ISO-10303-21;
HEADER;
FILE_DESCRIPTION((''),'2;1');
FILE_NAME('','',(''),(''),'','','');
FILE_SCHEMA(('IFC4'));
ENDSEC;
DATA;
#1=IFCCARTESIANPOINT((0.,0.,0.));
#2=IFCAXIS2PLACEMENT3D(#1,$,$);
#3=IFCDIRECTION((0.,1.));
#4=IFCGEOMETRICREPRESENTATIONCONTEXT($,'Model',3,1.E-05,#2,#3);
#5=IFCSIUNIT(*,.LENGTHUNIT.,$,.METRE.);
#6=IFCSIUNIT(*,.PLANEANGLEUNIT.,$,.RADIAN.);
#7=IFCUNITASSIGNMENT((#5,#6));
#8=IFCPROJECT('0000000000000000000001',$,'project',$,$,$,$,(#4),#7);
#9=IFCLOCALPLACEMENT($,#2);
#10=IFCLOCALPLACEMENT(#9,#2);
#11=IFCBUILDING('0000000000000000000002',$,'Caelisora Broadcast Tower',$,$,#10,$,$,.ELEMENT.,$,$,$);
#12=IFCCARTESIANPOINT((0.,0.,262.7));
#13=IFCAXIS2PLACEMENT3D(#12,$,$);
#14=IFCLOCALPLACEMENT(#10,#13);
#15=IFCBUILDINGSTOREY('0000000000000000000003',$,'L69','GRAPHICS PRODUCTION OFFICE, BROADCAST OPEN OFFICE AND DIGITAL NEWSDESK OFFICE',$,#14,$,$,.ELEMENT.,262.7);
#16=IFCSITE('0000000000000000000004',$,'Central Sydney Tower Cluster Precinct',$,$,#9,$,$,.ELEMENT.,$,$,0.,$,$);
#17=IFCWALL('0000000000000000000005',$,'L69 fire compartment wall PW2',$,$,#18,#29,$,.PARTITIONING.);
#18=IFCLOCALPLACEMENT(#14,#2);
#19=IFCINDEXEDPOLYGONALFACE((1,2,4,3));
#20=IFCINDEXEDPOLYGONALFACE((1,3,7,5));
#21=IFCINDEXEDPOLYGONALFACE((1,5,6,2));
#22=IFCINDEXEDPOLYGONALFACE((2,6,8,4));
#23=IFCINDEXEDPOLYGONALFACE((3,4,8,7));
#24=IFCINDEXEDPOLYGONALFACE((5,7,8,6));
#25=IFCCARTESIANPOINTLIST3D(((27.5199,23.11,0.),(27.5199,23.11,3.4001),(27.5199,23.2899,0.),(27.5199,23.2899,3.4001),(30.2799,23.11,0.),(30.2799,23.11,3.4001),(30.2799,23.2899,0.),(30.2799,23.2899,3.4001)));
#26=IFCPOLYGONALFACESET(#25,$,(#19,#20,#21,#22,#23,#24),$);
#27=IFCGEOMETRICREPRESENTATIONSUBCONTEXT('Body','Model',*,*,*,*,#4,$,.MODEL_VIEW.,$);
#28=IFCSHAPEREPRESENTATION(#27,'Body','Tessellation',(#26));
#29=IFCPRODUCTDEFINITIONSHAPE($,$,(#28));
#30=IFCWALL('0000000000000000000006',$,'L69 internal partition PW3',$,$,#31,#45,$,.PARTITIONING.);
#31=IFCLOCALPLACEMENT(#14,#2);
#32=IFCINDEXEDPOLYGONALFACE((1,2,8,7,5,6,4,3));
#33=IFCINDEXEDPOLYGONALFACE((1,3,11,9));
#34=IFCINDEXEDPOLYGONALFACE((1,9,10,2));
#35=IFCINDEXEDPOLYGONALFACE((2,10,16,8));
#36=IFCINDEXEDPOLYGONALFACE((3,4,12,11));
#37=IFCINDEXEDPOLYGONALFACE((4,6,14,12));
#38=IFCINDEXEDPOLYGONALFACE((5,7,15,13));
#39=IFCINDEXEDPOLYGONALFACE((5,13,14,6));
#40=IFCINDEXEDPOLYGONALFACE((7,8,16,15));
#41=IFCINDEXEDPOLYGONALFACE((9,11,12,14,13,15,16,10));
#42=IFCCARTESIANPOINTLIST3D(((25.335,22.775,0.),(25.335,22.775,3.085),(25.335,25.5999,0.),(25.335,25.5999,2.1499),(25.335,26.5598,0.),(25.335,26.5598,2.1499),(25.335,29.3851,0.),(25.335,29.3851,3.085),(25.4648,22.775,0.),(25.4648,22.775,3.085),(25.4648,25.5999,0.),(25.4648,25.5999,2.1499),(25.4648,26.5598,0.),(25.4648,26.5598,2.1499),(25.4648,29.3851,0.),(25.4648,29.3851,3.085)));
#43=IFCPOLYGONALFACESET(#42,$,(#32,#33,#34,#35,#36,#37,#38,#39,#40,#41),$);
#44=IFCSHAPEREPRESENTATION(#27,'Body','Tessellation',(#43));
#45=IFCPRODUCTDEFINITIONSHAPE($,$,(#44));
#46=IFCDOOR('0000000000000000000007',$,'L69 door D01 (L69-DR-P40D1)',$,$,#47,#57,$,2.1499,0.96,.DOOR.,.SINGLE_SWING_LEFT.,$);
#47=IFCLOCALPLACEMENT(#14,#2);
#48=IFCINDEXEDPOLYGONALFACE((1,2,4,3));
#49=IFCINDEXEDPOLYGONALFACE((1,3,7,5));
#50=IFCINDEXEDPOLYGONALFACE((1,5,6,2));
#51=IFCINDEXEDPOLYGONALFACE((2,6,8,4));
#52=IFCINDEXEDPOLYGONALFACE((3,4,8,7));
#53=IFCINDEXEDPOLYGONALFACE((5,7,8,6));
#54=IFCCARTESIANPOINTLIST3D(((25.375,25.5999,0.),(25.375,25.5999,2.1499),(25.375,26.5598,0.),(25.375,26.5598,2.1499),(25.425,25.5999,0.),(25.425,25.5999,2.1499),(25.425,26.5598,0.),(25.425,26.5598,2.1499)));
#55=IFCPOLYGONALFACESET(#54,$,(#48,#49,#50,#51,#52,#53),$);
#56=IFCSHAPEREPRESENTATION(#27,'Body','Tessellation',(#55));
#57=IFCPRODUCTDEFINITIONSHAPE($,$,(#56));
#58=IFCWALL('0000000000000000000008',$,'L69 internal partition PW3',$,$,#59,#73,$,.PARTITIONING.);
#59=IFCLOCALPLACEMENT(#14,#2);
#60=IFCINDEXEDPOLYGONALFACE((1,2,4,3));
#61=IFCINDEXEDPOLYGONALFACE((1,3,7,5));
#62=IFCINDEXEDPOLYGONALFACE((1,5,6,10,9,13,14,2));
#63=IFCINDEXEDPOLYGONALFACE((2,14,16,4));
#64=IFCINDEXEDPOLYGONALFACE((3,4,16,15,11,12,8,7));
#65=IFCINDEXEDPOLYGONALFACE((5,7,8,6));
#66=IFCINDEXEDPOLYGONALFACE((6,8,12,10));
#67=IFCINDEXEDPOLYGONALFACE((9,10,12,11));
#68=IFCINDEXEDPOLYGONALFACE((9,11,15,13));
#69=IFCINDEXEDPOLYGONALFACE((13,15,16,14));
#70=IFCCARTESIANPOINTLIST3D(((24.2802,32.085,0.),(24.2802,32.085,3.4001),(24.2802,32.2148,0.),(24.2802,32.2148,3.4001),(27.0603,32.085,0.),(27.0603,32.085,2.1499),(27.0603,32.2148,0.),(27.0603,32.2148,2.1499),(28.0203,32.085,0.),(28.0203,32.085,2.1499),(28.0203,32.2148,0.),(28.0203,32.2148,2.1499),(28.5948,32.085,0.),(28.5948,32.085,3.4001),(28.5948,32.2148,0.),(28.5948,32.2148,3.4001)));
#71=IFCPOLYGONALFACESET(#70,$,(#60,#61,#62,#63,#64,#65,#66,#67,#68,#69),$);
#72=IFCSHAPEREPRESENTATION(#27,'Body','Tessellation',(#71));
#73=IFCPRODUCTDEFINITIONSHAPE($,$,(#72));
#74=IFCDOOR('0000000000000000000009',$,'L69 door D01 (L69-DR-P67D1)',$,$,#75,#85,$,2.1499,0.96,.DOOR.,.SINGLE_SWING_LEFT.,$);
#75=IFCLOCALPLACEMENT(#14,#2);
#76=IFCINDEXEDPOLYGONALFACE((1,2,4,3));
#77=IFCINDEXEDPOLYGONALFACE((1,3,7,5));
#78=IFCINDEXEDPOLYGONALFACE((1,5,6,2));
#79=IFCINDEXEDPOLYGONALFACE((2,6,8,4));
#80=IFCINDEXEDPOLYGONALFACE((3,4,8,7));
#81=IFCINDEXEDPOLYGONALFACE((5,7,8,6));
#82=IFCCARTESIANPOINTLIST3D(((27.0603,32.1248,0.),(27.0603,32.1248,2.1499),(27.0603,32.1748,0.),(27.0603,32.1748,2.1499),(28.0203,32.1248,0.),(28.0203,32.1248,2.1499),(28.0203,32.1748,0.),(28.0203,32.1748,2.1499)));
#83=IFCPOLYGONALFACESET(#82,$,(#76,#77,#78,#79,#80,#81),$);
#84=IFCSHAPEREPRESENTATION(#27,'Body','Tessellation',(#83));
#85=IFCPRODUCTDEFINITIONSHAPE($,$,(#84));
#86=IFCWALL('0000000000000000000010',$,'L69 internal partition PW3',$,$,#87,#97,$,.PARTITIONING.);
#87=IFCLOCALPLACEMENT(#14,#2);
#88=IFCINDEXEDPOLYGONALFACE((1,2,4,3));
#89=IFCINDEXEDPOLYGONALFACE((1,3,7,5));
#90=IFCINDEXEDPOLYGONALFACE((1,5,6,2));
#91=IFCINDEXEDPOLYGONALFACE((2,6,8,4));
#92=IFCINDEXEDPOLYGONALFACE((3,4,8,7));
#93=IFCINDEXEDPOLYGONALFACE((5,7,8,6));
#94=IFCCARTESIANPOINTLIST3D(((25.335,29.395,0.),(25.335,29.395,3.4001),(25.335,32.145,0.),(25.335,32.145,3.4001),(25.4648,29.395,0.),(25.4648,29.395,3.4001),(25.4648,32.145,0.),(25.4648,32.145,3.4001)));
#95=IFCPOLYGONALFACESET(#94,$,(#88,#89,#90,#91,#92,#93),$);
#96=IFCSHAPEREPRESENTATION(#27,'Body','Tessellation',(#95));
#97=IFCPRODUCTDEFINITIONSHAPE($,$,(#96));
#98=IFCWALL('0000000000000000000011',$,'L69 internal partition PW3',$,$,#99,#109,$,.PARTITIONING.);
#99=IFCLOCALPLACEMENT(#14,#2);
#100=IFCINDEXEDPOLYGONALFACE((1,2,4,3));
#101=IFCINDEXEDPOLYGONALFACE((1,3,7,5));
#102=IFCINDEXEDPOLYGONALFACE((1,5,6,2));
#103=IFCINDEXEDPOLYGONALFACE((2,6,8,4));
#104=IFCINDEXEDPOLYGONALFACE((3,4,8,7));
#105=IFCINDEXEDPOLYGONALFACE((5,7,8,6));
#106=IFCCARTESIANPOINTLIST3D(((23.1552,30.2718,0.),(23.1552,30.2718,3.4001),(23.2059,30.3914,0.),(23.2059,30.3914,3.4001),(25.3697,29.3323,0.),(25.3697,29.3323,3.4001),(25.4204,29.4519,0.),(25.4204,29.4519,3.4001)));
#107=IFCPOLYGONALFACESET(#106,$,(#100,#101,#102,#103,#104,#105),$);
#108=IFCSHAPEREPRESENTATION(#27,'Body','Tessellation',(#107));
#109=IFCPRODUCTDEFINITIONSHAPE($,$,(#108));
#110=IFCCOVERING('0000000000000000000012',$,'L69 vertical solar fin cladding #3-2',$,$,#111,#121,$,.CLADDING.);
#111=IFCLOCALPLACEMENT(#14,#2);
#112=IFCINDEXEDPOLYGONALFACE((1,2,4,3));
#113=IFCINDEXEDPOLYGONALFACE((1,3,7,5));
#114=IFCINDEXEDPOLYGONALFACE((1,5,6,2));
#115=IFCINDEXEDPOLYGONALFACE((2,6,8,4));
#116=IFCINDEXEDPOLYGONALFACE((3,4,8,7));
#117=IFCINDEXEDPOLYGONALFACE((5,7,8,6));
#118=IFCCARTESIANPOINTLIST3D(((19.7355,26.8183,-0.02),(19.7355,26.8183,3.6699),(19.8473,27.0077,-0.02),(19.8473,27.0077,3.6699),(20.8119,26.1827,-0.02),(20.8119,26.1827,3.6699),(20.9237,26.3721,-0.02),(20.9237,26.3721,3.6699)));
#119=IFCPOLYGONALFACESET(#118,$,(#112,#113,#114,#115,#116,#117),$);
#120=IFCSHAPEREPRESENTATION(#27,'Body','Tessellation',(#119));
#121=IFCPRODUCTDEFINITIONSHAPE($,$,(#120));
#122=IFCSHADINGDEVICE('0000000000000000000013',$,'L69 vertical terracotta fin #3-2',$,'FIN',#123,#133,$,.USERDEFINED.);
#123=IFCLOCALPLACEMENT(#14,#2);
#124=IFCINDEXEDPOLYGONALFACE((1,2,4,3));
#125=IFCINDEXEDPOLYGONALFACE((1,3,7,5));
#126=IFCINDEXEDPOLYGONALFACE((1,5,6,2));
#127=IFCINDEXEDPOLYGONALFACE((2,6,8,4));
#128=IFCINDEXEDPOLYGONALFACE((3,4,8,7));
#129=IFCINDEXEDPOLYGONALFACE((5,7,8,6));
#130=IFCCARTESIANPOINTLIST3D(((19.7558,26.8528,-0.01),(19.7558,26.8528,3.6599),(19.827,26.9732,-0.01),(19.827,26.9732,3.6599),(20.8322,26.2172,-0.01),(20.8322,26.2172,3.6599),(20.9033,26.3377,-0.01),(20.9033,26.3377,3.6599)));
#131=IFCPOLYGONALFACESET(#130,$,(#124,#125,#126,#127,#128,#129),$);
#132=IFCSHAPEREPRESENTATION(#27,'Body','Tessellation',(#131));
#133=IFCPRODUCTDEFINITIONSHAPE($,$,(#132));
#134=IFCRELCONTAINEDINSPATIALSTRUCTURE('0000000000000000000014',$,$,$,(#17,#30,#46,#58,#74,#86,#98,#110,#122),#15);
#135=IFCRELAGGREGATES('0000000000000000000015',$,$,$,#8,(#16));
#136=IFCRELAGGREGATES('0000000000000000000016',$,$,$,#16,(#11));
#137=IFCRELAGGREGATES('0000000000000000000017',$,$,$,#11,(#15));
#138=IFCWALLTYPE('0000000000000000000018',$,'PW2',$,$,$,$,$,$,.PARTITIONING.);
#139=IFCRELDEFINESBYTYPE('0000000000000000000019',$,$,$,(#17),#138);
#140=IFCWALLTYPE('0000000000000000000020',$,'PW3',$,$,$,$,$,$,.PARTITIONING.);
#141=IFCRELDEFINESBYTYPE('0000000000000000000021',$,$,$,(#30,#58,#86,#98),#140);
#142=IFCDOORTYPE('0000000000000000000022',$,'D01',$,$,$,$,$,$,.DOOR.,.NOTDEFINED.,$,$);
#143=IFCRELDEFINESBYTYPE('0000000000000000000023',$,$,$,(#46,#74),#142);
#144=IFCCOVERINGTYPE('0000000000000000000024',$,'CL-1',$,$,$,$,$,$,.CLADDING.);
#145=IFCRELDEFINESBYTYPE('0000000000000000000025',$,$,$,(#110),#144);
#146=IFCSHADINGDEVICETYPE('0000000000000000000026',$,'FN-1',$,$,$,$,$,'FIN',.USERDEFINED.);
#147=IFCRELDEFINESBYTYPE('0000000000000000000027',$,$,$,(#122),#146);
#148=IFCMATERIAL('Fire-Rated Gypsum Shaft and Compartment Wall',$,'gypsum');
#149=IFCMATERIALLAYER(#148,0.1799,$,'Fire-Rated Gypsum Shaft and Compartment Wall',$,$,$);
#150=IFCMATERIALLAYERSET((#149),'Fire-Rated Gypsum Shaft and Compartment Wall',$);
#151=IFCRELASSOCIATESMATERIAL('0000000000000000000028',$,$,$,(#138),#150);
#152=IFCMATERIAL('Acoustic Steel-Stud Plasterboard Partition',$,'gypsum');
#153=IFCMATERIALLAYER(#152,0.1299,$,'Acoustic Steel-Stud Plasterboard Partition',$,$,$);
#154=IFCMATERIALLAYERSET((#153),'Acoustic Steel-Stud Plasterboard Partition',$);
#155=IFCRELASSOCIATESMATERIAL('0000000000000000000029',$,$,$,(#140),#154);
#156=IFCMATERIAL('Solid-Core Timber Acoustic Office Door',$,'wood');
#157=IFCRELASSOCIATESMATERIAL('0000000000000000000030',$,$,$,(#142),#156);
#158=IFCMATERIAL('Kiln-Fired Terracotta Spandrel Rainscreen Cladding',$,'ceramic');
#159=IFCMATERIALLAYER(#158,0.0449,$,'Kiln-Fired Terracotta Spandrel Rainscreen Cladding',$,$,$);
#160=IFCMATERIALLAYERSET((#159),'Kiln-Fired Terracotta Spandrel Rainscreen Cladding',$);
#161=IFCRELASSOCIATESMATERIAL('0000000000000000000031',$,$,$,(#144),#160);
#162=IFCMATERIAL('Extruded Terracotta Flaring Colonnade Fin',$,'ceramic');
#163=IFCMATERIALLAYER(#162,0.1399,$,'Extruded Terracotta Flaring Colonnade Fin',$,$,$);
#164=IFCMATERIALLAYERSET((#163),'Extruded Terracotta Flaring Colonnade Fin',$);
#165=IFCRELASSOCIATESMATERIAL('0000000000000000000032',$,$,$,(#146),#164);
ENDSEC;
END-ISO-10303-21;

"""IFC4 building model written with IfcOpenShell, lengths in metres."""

from ifc_helpers import new_model, si_unit, direction, frame, frame_2d, origin, origin_2d, place, context, subcontext, project, spatial, rectangle, extrude, source, transform, mapped, material, layer, layer_set, type_object, type_shapes, element, fill, save


model = new_model("IFC4")

# Units and contexts
model_context = context("Model", 3, precision=1e-05, world=origin(), true_north=direction((0.0, 1.0)))
body_context = subcontext(model_context, "Body", "Model", "MODEL_VIEW")
ifc_project = project(units=[si_unit("LENGTHUNIT", "METRE"), si_unit("PLANEANGLEUNIT", "RADIAN")], contexts=[model_context])

# Site, building, storey
site_placement = place(None, origin())
site = spatial("IfcSite", under=ifc_project, at=site_placement, Name="Central Sydney Tower Cluster Precinct", CompositionType="ELEMENT", RefElevation=0.0)
building_placement = place(site_placement, origin())
building = spatial("IfcBuilding", under=site, at=building_placement, Name="Caelisora Broadcast Tower", CompositionType="ELEMENT")
storey_placement = place(building_placement, frame((0.0, 0.0, 262.7)))
storey = spatial("IfcBuildingStorey", under=building, at=storey_placement, Name="L69", Description="GRAPHICS PRODUCTION OFFICE, BROADCAST OPEN OFFICE AND DIGITAL NEWSDESK OFFICE", CompositionType="ELEMENT", Elevation=262.7)

# Shared definitions
ifc_material_1 = material(Name="Fire-Rated Gypsum Shaft and Compartment Wall", Category="gypsum")
ifc_layer_1 = layer(ifc_material_1, 0.1799, Name="Fire-Rated Gypsum Shaft and Compartment Wall")
ifc_layer_set_1 = layer_set([ifc_layer_1], Name="Fire-Rated Gypsum Shaft and Compartment Wall")
wall_type_1 = type_object("IfcWallType", Name="PW2", PredefinedType="PARTITIONING", material=ifc_layer_set_1)

# Wall
wall_1_placement = place(storey_placement, frame((27.52, 23.2, 0.0), z_axis=(0.0, 0.0, 1.0), x_axis=(1.0, 0.0, 0.0)))
element("IfcWall", 1, at=wall_1_placement, inside=storey, type_object=wall_type_1, Name="L69 fire compartment wall PW2", PredefinedType="PARTITIONING", context=body_context, shape_type="SweptSolid", body=[
    extrude(rectangle(XDim=2.76, YDim=0.1799, at=frame_2d((1.3799, 0.0))), origin(), (0.0, 0.0, 1.0), 3.4001),
])

# Walls, openings, doors
ifc_material_2 = material(Name="Acoustic Steel-Stud Plasterboard Partition", Category="gypsum")
ifc_layer_2 = layer(ifc_material_2, 0.1299, Name="Acoustic Steel-Stud Plasterboard Partition")
ifc_layer_set_2 = layer_set([ifc_layer_2], Name="Acoustic Steel-Stud Plasterboard Partition")
wall_type_2 = type_object("IfcWallType", Name="PW3", PredefinedType="PARTITIONING", material=ifc_layer_set_2)
wall_2_placement = place(storey_placement, frame((25.3999, 22.7749, 0.0), z_axis=(0.0, 0.0, 1.0), x_axis=(0.0, 1.0, 0.0)))
wall_2 = element("IfcWall", 2, at=wall_2_placement, inside=storey, type_object=wall_type_2, Name="L69 internal partition PW3", PredefinedType="PARTITIONING", context=body_context, shape_type="SweptSolid", body=[
    extrude(rectangle(XDim=6.6101, YDim=0.1299, at=frame_2d((3.3052, 0.0))), origin(), (0.0, 0.0, 1.0), 3.085),
])
opening_1_placement = place(wall_2_placement, frame((2.825, 0.0, 0.0)))
opening_1 = element("IfcOpeningElement", 3, at=opening_1_placement, cuts=wall_2, PredefinedType="OPENING", context=body_context, shape_type="SweptSolid", body=[
    extrude(rectangle(XDim=0.96, YDim=2.1499, at=frame_2d((0.48, 1.075))), frame((0.0, 0.0769, 0.0), z_axis=(0.0, -1.0, 0.0), x_axis=(1.0, 0.0, 0.0)), (0.0, 0.0, 1.0), 0.1538),
])
ifc_material_3 = material(Name="Solid-Core Timber Acoustic Office Door", Category="wood")
door_type_1 = type_object("IfcDoorType", Name="D01", OperationType="NOTDEFINED", PredefinedType="DOOR", material=ifc_material_3)
door_1_placement = place(opening_1_placement, origin())
door_1 = element("IfcDoor", 4, at=door_1_placement, inside=storey, type_object=door_type_1, Name="L69 door D01 (L69-DR-P40D1)", OperationType="SINGLE_SWING_LEFT", OverallHeight=2.1499, OverallWidth=0.96, PredefinedType="DOOR", context=body_context, shape_type="SweptSolid", body=[
    extrude(rectangle(XDim=0.96, YDim=2.1499, at=frame_2d((0.48, 1.075))), frame((0.0, 0.0249, 0.0), z_axis=(0.0, -1.0, 0.0), x_axis=(1.0, 0.0, 0.0)), (0.0, 0.0, 1.0), 0.05),
])
fill(opening_1, door_1)
wall_3_placement = place(storey_placement, frame((24.2803, 32.1499, 0.0), z_axis=(0.0, 0.0, 1.0), x_axis=(1.0, 0.0, 0.0)))
wall_3 = element("IfcWall", 5, at=wall_3_placement, inside=storey, type_object=wall_type_2, Name="L69 internal partition PW3", PredefinedType="PARTITIONING", context=body_context, shape_type="SweptSolid", body=[
    extrude(rectangle(XDim=4.3147, YDim=0.1299, at=frame_2d((2.1572, 0.0))), origin(), (0.0, 0.0, 1.0), 3.4001),
])
opening_2_placement = place(wall_3_placement, frame((2.78, 0.0, 0.0)))
opening_2 = element("IfcOpeningElement", 6, at=opening_2_placement, cuts=wall_3, PredefinedType="OPENING", context=body_context, shape_type="SweptSolid", body=[
    extrude(rectangle(XDim=0.96, YDim=2.1499, at=frame_2d((0.48, 1.075))), frame((0.0, 0.0769, 0.0), z_axis=(0.0, -1.0, 0.0), x_axis=(1.0, 0.0, 0.0)), (0.0, 0.0, 1.0), 0.1538),
])
door_2_placement = place(opening_2_placement, origin())
door_2 = element("IfcDoor", 7, at=door_2_placement, inside=storey, type_object=door_type_1, Name="L69 door D01 (L69-DR-P67D1)", OperationType="SINGLE_SWING_LEFT", OverallHeight=2.1499, OverallWidth=0.96, PredefinedType="DOOR", context=body_context, shape_type="SweptSolid", body=[
    extrude(rectangle(XDim=0.96, YDim=2.1499, at=frame_2d((0.48, 1.075))), frame((0.0, 0.0249, 0.0), z_axis=(0.0, -1.0, 0.0), x_axis=(1.0, 0.0, 0.0)), (0.0, 0.0, 1.0), 0.05),
])
fill(opening_2, door_2)

# Walls
wall_4_placement = place(storey_placement, frame((25.3999, 29.395, 0.0), z_axis=(0.0, 0.0, 1.0), x_axis=(0.0, 1.0, 0.0)))
element("IfcWall", 8, at=wall_4_placement, inside=storey, type_object=wall_type_2, Name="L69 internal partition PW3", PredefinedType="PARTITIONING", context=body_context, shape_type="SweptSolid", body=[
    extrude(rectangle(XDim=2.75, YDim=0.1299, at=frame_2d((1.375, 0.0))), origin(), (0.0, 0.0, 1.0), 3.4001),
])
wall_5_placement = place(storey_placement, frame((23.1807, 30.3315, 0.0), z_axis=(0.0, 0.0, 1.0), x_axis=(0.920577, -0.39056, 0.0)))
element("IfcWall", 9, at=wall_5_placement, inside=storey, type_object=wall_type_2, Name="L69 internal partition PW3", PredefinedType="PARTITIONING", context=body_context, shape_type="SweptSolid", body=[
    extrude(rectangle(XDim=2.4055, YDim=0.1299, at=frame_2d((1.2026, 0.0))), origin(), (0.0, 0.0, 1.0), 3.4001),
])

# Covering
ifc_material_4 = material(Name="Kiln-Fired Terracotta Spandrel Rainscreen Cladding", Category="ceramic")
ifc_layer_3 = layer(ifc_material_4, 0.0449, Name="Kiln-Fired Terracotta Spandrel Rainscreen Cladding")
ifc_layer_set_3 = layer_set([ifc_layer_3], Name="Kiln-Fired Terracotta Spandrel Rainscreen Cladding")
covering_type = type_object("IfcCoveringType", Name="CL-1", PredefinedType="CLADDING", material=ifc_layer_set_3)
shared_shape_1 = source(origin(), body_context, "Body", "SweptSolid", [
    extrude(rectangle(XDim=0.22, YDim=1.25, at=origin_2d()), origin(), (0.0, 0.0, 1.0), 3.6899),
])
type_shapes(covering_type, [shared_shape_1])
covering_placement = place(storey_placement, frame((20.3296, 26.5952, -0.02), z_axis=(0.0, 0.0, 1.0), x_axis=(0.50844, 0.861097, 0.0)))
element("IfcCovering", 10, at=covering_placement, inside=storey, type_object=covering_type, Name="L69 vertical solar fin cladding #3-2", PredefinedType="CLADDING", context=body_context, shape_type="MappedRepresentation", body=[
    mapped(shared_shape_1, transform((0.0, 0.0, 0.0), scale=1.0)),
])

# Shading device
ifc_material_5 = material(Name="Extruded Terracotta Flaring Colonnade Fin", Category="ceramic")
ifc_layer_4 = layer(ifc_material_5, 0.1399, Name="Extruded Terracotta Flaring Colonnade Fin")
ifc_layer_set_4 = layer_set([ifc_layer_4], Name="Extruded Terracotta Flaring Colonnade Fin")
shading_device_type = type_object("IfcShadingDeviceType", Name="FN-1", ElementType="FIN", PredefinedType="USERDEFINED", material=ifc_layer_set_4)
shared_shape_2 = source(origin(), body_context, "Body", "SweptSolid", [
    extrude(rectangle(XDim=0.1399, YDim=1.25, at=origin_2d()), origin(), (0.0, 0.0, 1.0), 3.6699),
])
type_shapes(shading_device_type, [shared_shape_2])
shading_device_placement = place(storey_placement, frame((20.3296, 26.5952, -0.01), z_axis=(0.0, 0.0, 1.0), x_axis=(0.50844, 0.861097, 0.0)))
element("IfcShadingDevice", 11, at=shading_device_placement, inside=storey, type_object=shading_device_type, Name="L69 vertical terracotta fin #3-2", ObjectType="FIN", PredefinedType="USERDEFINED", context=body_context, shape_type="MappedRepresentation", body=[
    mapped(shared_shape_2, transform((0.0, 0.0, 0.0), scale=1.0)),
])

save(model, "model.ifc")
